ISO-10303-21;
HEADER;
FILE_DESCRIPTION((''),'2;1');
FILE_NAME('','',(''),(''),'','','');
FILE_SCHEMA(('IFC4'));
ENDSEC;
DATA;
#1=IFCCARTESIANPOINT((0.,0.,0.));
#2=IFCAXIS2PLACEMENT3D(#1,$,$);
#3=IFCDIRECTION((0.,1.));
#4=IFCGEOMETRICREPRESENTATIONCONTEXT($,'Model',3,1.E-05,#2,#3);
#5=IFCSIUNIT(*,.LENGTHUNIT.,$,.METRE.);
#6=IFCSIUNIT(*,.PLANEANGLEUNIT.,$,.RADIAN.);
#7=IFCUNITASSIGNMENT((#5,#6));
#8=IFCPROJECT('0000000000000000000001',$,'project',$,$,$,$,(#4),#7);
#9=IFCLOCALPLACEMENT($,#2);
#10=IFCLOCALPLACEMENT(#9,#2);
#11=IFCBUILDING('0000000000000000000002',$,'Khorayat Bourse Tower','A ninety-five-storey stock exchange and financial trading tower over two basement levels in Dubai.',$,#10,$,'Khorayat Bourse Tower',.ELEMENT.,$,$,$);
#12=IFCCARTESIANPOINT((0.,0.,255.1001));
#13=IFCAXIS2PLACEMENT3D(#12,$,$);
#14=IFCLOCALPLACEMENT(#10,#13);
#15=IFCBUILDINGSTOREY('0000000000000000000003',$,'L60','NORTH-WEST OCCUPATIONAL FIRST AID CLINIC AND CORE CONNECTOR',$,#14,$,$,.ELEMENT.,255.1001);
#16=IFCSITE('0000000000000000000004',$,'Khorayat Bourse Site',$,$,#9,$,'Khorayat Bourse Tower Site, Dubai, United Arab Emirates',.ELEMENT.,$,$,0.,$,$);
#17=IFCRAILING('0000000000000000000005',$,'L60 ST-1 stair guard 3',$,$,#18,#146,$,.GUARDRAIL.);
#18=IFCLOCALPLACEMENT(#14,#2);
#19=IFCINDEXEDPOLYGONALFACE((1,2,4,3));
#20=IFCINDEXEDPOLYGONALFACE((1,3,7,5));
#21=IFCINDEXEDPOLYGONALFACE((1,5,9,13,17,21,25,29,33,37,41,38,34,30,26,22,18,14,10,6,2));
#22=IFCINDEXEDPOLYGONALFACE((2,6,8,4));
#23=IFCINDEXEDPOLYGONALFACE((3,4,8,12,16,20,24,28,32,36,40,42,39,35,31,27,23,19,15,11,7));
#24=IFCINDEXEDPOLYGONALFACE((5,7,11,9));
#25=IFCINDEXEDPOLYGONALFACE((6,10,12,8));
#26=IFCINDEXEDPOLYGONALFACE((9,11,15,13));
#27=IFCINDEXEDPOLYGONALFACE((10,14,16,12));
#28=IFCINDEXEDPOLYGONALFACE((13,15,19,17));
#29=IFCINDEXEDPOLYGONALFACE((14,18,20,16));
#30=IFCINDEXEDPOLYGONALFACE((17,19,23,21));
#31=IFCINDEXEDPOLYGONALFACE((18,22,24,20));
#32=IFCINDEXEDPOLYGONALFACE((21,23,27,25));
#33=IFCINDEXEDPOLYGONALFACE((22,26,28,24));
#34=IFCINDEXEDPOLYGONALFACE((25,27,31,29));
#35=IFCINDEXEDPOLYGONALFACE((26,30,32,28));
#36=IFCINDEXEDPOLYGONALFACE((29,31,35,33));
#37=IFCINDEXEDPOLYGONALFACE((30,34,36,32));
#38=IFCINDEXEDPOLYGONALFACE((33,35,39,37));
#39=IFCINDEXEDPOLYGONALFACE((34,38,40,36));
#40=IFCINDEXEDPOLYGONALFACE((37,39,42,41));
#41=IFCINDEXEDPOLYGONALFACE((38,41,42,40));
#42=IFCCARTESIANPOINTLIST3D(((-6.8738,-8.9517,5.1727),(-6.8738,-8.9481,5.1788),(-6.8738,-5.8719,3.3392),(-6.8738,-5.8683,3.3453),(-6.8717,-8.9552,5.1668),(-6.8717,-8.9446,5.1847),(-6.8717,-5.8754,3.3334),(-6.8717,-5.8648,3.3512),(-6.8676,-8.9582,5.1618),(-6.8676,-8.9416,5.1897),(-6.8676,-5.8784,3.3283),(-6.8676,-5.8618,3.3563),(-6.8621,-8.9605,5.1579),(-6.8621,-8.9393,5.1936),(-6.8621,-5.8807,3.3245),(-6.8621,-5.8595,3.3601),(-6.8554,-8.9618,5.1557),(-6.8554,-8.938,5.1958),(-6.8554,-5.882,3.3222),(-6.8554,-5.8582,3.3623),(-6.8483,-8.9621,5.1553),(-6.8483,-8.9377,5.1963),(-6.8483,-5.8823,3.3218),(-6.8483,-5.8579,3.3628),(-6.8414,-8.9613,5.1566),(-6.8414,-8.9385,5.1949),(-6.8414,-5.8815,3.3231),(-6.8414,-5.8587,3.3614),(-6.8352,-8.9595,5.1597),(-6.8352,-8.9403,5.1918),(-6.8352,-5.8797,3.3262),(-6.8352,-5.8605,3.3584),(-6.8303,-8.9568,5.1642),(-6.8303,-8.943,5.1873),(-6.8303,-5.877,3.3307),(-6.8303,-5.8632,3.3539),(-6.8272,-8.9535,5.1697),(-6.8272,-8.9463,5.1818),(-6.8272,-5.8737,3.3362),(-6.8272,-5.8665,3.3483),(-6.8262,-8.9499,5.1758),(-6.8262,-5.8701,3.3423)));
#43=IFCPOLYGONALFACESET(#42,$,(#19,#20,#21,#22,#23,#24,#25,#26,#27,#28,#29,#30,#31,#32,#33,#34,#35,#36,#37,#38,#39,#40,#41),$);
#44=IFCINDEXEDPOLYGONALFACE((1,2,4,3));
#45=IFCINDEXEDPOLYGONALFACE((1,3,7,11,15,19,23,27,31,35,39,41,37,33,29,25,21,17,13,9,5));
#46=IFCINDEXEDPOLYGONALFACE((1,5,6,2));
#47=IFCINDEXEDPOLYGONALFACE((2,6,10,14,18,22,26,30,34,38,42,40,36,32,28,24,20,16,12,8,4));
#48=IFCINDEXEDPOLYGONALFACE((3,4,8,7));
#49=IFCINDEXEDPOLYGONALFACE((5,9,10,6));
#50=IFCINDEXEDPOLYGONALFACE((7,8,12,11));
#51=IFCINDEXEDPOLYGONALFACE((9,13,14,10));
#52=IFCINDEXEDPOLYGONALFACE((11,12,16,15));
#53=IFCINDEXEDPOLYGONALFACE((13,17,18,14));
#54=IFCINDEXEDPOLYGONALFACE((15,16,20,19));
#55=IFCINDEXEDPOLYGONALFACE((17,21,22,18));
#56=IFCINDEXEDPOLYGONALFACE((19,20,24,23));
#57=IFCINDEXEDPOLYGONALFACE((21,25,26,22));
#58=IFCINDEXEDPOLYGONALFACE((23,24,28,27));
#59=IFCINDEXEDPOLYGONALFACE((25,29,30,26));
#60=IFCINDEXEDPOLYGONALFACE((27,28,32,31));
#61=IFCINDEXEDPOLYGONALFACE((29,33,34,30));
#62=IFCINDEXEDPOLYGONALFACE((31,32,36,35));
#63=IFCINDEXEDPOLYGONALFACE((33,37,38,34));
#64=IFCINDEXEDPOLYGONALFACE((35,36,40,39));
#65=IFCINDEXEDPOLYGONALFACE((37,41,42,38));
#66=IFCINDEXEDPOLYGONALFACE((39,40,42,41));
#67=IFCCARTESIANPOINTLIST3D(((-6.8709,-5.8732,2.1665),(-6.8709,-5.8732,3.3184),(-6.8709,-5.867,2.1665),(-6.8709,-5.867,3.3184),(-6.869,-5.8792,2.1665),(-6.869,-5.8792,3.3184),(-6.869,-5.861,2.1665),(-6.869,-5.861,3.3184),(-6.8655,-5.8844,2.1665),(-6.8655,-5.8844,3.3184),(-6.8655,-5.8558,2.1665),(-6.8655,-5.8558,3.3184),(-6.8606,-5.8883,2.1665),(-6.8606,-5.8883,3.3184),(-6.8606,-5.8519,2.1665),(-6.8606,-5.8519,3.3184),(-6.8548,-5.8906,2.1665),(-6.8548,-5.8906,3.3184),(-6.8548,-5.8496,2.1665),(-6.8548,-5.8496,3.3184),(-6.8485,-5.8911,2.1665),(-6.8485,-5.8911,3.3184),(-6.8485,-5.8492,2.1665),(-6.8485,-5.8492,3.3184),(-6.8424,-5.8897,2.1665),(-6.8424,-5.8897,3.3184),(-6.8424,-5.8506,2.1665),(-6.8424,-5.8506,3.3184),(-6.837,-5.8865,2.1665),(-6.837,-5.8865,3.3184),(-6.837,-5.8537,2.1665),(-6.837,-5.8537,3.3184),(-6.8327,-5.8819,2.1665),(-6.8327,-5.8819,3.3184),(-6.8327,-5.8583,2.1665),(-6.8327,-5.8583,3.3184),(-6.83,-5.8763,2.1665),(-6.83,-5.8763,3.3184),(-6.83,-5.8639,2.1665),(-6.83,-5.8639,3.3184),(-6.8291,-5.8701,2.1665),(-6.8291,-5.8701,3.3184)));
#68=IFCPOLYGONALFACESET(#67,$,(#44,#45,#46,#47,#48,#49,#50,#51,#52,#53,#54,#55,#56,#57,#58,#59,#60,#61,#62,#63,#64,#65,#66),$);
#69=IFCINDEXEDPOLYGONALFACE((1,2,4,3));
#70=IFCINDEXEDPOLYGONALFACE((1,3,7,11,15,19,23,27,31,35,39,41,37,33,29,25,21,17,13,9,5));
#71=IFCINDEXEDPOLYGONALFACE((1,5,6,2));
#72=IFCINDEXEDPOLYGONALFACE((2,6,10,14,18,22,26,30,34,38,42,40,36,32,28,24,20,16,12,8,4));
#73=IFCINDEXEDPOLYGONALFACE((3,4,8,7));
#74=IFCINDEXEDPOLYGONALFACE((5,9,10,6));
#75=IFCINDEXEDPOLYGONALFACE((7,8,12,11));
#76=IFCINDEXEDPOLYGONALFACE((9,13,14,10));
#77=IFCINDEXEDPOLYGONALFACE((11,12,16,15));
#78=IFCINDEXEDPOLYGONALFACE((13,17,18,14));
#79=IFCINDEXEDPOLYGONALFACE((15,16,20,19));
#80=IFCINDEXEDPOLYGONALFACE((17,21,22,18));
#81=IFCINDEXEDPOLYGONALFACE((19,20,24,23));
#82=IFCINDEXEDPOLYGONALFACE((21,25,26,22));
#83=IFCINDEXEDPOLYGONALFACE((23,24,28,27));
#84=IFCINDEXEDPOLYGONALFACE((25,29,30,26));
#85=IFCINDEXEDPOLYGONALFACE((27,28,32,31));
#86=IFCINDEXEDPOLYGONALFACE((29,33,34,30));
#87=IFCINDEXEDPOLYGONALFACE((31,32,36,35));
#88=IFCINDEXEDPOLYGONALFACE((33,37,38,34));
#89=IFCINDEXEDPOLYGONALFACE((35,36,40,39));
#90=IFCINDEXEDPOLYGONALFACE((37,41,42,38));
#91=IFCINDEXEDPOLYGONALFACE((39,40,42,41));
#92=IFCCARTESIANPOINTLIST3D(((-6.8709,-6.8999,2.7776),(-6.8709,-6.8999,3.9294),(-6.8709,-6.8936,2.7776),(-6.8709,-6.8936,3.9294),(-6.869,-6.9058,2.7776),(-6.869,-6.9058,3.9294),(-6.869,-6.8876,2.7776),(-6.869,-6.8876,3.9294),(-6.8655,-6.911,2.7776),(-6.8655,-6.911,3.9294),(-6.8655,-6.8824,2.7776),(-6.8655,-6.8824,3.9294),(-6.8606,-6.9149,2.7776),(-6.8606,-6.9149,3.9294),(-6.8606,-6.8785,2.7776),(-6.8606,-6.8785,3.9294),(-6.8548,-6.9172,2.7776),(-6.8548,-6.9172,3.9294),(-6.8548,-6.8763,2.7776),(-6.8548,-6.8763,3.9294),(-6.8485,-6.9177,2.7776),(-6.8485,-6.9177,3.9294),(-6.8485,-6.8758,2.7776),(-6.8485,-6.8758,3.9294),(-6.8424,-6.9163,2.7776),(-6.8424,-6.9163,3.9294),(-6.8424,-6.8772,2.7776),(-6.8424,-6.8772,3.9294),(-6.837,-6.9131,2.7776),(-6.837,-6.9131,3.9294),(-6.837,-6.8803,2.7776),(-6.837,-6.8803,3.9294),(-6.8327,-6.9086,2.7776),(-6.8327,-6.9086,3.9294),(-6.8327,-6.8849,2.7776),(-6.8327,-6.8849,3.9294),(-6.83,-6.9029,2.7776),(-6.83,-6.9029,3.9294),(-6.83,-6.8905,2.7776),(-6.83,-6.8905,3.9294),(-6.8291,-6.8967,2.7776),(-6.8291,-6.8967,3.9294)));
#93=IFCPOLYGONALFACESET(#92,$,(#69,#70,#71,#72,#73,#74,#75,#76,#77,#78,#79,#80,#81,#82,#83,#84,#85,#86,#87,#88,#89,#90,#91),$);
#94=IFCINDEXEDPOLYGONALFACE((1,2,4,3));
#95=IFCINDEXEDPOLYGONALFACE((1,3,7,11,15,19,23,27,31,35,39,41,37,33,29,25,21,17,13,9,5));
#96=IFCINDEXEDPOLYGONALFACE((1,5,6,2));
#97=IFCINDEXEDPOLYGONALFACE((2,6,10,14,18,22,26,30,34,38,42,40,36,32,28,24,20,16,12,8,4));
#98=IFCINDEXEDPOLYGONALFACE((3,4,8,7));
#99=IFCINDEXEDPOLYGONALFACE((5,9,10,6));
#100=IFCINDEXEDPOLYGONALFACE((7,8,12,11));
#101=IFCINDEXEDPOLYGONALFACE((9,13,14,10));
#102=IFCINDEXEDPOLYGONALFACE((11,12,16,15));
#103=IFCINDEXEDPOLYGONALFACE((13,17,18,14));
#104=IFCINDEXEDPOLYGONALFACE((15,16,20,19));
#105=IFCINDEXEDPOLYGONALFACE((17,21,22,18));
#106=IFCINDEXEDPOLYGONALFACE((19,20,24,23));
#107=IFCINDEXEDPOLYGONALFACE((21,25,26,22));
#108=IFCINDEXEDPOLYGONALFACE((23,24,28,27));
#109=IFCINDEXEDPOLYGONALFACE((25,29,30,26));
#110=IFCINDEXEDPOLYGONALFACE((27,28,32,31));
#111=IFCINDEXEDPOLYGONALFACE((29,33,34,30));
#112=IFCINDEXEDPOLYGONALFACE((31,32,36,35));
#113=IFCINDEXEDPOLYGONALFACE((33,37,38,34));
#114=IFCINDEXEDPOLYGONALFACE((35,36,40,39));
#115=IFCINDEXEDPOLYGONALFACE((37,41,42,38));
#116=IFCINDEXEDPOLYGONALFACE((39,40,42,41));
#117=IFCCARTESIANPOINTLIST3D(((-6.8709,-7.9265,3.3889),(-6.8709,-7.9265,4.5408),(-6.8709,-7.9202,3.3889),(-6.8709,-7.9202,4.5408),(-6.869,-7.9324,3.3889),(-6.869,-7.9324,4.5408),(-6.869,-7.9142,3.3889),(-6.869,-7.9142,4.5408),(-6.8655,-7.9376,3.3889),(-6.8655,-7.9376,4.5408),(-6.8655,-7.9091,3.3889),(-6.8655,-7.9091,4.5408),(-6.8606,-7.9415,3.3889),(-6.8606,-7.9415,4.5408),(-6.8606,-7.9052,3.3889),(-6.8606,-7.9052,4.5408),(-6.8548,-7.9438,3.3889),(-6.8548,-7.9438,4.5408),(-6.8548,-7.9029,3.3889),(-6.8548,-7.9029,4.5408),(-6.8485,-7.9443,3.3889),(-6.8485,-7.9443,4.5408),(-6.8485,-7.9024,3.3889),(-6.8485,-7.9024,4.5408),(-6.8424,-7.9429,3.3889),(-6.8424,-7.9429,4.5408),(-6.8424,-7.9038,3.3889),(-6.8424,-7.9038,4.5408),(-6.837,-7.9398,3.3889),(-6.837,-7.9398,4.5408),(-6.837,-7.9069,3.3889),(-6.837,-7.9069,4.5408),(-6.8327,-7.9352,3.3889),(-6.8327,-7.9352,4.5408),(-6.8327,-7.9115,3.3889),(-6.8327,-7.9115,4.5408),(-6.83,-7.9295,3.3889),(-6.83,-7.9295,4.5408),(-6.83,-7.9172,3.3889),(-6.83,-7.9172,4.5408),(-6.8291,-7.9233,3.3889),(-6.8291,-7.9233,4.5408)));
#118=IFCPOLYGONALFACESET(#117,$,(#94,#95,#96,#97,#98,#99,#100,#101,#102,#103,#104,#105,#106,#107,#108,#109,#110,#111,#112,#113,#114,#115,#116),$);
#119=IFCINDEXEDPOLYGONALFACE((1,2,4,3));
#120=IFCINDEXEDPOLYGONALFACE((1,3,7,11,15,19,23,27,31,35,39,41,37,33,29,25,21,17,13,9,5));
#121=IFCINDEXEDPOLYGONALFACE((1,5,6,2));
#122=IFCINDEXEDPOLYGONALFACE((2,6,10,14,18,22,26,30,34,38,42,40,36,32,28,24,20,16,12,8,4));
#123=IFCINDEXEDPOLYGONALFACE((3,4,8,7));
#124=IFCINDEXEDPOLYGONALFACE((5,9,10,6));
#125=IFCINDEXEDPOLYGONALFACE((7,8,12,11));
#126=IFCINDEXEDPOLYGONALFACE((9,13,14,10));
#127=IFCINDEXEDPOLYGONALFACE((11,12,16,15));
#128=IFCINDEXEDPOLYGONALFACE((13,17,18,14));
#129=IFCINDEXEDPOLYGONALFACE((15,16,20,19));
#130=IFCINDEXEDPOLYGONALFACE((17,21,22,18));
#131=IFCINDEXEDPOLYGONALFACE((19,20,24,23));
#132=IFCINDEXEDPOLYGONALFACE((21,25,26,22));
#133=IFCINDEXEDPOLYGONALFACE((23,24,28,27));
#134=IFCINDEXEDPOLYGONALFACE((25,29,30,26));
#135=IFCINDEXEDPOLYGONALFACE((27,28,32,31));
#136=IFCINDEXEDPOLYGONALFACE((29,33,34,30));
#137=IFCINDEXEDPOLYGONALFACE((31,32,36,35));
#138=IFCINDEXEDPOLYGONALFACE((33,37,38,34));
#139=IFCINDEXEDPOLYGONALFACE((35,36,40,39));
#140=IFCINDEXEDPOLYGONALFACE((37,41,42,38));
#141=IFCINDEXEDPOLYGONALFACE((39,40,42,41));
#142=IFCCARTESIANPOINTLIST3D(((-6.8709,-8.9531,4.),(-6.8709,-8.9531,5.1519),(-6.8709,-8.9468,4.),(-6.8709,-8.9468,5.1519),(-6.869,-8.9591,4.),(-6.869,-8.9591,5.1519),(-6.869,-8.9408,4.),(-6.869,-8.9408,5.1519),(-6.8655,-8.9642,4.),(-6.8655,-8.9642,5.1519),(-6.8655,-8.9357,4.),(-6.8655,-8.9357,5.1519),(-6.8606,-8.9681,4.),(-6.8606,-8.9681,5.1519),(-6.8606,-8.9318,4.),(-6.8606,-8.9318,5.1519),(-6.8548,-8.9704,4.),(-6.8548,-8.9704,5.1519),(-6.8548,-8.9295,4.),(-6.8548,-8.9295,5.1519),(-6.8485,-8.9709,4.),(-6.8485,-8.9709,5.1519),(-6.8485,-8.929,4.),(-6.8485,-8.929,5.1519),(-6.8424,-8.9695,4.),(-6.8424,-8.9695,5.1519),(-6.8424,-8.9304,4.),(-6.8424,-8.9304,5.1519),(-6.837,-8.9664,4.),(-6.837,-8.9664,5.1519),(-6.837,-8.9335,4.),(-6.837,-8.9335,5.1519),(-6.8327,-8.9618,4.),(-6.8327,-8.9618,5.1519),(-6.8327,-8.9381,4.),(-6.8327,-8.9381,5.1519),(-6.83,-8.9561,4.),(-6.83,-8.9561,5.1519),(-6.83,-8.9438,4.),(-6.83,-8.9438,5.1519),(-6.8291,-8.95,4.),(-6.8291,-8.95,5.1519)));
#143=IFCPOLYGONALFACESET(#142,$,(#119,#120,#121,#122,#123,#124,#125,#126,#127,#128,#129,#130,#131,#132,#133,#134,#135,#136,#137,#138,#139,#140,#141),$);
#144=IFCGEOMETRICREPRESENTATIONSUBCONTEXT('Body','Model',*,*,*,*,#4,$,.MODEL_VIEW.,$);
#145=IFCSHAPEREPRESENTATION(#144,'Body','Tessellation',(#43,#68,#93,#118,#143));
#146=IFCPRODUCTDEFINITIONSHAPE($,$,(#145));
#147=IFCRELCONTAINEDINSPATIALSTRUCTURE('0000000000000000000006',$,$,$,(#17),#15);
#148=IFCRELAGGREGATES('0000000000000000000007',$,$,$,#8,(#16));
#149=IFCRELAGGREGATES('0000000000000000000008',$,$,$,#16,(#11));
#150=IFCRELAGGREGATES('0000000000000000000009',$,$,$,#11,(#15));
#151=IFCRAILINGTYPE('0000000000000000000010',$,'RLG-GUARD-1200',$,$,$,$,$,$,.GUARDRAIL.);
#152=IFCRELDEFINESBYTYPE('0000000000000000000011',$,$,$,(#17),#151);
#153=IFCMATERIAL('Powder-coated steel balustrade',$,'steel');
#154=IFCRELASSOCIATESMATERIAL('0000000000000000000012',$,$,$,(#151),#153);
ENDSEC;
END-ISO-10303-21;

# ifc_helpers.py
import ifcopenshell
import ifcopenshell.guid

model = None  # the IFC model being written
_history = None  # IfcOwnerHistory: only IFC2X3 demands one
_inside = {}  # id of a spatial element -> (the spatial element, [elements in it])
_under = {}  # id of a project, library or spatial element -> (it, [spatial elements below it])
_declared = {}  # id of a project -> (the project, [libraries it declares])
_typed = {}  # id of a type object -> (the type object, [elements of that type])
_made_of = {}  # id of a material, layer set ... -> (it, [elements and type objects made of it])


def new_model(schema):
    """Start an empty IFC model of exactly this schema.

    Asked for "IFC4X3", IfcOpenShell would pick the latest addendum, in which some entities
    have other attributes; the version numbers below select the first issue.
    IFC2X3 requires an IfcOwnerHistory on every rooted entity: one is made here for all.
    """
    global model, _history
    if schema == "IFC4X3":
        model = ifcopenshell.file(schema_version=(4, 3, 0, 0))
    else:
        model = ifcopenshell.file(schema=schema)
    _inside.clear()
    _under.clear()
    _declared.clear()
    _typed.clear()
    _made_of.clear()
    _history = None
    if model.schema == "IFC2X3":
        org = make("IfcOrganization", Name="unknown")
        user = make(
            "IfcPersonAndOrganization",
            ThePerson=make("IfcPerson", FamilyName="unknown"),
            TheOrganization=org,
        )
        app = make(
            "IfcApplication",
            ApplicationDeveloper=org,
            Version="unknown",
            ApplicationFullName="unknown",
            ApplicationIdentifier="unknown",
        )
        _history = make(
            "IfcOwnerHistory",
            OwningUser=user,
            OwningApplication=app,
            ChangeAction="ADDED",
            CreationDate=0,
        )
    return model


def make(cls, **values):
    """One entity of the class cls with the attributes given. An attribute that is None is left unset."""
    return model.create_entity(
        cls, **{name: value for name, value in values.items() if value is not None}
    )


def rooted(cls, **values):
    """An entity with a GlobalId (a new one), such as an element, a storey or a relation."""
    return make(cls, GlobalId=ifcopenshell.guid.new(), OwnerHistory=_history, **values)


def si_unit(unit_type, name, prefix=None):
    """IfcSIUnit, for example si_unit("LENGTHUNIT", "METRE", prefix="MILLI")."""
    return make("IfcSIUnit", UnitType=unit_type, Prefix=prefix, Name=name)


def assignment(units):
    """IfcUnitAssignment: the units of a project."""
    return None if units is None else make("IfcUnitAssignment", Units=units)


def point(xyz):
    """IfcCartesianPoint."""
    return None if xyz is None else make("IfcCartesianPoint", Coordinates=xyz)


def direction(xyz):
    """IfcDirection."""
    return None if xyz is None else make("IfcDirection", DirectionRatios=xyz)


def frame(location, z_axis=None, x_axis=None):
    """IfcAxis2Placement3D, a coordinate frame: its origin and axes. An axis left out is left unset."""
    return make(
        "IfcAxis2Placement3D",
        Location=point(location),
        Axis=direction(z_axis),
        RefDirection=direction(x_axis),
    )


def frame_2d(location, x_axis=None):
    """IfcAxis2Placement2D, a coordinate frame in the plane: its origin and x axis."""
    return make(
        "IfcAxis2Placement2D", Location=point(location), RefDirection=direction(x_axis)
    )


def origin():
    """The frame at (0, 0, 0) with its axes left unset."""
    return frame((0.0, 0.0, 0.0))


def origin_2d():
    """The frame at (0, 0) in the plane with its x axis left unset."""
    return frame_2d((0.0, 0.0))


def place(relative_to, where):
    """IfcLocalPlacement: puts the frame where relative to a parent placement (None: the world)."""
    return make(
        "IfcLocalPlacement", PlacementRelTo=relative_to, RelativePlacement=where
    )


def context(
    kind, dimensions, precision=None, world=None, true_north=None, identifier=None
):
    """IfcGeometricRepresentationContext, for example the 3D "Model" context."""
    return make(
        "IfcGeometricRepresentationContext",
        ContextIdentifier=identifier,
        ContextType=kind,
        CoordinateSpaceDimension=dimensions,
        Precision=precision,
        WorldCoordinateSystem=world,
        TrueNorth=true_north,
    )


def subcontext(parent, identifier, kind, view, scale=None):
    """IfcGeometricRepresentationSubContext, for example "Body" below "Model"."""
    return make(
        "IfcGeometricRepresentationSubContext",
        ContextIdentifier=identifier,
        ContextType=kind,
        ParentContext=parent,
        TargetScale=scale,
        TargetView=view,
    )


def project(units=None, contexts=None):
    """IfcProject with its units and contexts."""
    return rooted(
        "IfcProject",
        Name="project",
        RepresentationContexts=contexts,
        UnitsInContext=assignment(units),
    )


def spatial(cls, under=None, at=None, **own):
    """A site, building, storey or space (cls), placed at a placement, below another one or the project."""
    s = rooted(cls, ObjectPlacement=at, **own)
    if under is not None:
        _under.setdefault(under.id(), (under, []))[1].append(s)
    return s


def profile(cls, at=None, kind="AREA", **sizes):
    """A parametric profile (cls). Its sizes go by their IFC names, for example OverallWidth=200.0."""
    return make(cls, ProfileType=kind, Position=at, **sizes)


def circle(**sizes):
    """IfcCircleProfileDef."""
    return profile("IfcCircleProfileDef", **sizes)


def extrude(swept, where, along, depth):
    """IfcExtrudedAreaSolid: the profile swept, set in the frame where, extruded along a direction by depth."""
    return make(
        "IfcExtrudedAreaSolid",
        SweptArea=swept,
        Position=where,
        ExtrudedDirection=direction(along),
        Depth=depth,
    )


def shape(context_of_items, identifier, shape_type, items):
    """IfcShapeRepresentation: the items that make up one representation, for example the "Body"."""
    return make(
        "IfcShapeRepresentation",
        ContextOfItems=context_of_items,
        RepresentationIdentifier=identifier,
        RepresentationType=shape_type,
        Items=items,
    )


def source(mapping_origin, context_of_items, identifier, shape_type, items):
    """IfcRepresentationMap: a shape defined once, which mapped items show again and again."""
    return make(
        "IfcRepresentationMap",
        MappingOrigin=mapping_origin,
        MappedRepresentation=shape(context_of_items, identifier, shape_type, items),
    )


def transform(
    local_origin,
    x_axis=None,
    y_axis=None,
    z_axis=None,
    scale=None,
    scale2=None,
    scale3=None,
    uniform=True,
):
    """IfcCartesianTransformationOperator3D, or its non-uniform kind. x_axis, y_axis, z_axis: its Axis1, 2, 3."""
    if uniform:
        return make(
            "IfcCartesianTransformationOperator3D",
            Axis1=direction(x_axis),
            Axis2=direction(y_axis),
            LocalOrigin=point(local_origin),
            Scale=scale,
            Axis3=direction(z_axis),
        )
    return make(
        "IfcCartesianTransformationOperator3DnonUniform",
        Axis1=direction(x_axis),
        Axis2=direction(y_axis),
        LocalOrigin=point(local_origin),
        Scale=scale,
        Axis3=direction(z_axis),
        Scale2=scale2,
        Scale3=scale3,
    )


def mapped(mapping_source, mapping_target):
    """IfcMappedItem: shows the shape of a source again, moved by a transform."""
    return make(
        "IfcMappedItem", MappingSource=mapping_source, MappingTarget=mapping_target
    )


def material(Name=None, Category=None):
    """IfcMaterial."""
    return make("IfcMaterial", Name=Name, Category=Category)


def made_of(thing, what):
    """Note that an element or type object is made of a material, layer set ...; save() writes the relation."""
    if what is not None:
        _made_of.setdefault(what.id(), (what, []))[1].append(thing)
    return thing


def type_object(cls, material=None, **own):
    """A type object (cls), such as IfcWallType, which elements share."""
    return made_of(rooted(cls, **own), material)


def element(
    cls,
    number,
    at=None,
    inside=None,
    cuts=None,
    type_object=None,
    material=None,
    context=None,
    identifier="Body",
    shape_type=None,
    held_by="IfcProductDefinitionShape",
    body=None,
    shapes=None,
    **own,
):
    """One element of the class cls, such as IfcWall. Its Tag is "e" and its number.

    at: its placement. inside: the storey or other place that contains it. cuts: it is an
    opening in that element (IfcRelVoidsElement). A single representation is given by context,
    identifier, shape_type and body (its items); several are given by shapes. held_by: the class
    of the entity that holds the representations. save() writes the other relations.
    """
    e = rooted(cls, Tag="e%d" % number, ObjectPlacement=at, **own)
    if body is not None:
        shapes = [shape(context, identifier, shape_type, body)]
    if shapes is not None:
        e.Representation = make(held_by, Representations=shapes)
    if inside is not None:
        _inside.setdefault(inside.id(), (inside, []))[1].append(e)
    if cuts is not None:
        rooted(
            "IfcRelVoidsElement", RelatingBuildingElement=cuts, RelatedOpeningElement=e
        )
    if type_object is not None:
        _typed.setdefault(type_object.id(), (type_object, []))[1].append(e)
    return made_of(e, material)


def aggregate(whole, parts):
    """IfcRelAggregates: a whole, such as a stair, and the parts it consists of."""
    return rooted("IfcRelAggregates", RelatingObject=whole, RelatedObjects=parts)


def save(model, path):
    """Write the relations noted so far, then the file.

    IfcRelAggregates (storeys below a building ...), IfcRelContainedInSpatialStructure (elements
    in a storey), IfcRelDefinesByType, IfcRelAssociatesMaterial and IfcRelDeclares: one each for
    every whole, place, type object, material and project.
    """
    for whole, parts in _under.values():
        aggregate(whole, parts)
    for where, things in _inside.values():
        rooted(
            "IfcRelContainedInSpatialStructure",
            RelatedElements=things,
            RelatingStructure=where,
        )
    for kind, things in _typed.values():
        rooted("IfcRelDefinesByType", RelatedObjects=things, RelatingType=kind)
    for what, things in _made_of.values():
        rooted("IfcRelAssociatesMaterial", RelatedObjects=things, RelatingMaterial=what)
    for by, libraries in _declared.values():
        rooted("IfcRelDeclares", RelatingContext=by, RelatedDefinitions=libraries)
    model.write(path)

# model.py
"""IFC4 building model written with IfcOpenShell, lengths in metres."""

from ifc_helpers import new_model, si_unit, direction, frame, origin, origin_2d, place, context, subcontext, project, spatial, circle, extrude, source, transform, mapped, material, type_object, element, save


model = new_model("IFC4")

# Units and contexts
model_context = context("Model", 3, precision=1e-05, world=origin(), true_north=direction((0.0, 1.0)))
body_context = subcontext(model_context, "Body", "Model", "MODEL_VIEW")
ifc_project = project(units=[si_unit("LENGTHUNIT", "METRE"), si_unit("PLANEANGLEUNIT", "RADIAN")], contexts=[model_context])

# Site, building, storey
site_placement = place(None, origin())
site = spatial("IfcSite", under=ifc_project, at=site_placement, Name="Khorayat Bourse Site", LongName="Khorayat Bourse Tower Site, Dubai, United Arab Emirates", CompositionType="ELEMENT", RefElevation=0.0)
building_placement = place(site_placement, origin())
building = spatial("IfcBuilding", under=site, at=building_placement, Name="Khorayat Bourse Tower", Description="A ninety-five-storey stock exchange and financial trading tower over two basement levels in Dubai.", LongName="Khorayat Bourse Tower", CompositionType="ELEMENT")
storey_placement = place(building_placement, frame((0.0, 0.0, 255.1001)))
storey = spatial("IfcBuildingStorey", under=building, at=storey_placement, Name="L60", Description="NORTH-WEST OCCUPATIONAL FIRST AID CLINIC AND CORE CONNECTOR", CompositionType="ELEMENT", Elevation=255.1001)

# Railing
ifc_material_1 = material(Name="Powder-coated steel balustrade", Category="steel")
railing_type_1 = type_object("IfcRailingType", Name="RLG-GUARD-1200", PredefinedType="GUARDRAIL", material=ifc_material_1)
shared_shape_1 = source(origin(), body_context, "Body", "SweptSolid", [
    extrude(circle(Radius=0.0239, at=origin_2d()), frame((0.0, 0.0, 1.1758), z_axis=(0.0, -0.859261, 0.511538), x_axis=(1.0, 0.0, 0.0)), (0.0, 0.0, 1.0), 3.5842),
    extrude(circle(Radius=0.021, at=origin_2d()), origin(), (0.0, 0.0, 1.0), 1.1519),
    extrude(circle(Radius=0.021, at=origin_2d()), frame((0.0, -1.0266, 0.6111)), (0.0, 0.0, 1.0), 1.1519),
    extrude(circle(Radius=0.021, at=origin_2d()), frame((0.0, -2.0532, 1.2224)), (0.0, 0.0, 1.0), 1.1519),
    extrude(circle(Radius=0.021, at=origin_2d()), frame((0.0, -3.0798, 1.8335)), (0.0, 0.0, 1.0), 1.1519),
])
railing_1_placement = place(storey_placement, frame((-6.8501, -5.8701, 2.1665)))
element("IfcRailing", 1, at=railing_1_placement, inside=storey, type_object=railing_type_1, Name="L60 ST-1 stair guard 3", PredefinedType="GUARDRAIL", context=body_context, shape_type="MappedRepresentation", body=[
    mapped(shared_shape_1, transform((0.0, 0.0, 0.0), scale=1.0)),
])

save(model, "model.ifc")
